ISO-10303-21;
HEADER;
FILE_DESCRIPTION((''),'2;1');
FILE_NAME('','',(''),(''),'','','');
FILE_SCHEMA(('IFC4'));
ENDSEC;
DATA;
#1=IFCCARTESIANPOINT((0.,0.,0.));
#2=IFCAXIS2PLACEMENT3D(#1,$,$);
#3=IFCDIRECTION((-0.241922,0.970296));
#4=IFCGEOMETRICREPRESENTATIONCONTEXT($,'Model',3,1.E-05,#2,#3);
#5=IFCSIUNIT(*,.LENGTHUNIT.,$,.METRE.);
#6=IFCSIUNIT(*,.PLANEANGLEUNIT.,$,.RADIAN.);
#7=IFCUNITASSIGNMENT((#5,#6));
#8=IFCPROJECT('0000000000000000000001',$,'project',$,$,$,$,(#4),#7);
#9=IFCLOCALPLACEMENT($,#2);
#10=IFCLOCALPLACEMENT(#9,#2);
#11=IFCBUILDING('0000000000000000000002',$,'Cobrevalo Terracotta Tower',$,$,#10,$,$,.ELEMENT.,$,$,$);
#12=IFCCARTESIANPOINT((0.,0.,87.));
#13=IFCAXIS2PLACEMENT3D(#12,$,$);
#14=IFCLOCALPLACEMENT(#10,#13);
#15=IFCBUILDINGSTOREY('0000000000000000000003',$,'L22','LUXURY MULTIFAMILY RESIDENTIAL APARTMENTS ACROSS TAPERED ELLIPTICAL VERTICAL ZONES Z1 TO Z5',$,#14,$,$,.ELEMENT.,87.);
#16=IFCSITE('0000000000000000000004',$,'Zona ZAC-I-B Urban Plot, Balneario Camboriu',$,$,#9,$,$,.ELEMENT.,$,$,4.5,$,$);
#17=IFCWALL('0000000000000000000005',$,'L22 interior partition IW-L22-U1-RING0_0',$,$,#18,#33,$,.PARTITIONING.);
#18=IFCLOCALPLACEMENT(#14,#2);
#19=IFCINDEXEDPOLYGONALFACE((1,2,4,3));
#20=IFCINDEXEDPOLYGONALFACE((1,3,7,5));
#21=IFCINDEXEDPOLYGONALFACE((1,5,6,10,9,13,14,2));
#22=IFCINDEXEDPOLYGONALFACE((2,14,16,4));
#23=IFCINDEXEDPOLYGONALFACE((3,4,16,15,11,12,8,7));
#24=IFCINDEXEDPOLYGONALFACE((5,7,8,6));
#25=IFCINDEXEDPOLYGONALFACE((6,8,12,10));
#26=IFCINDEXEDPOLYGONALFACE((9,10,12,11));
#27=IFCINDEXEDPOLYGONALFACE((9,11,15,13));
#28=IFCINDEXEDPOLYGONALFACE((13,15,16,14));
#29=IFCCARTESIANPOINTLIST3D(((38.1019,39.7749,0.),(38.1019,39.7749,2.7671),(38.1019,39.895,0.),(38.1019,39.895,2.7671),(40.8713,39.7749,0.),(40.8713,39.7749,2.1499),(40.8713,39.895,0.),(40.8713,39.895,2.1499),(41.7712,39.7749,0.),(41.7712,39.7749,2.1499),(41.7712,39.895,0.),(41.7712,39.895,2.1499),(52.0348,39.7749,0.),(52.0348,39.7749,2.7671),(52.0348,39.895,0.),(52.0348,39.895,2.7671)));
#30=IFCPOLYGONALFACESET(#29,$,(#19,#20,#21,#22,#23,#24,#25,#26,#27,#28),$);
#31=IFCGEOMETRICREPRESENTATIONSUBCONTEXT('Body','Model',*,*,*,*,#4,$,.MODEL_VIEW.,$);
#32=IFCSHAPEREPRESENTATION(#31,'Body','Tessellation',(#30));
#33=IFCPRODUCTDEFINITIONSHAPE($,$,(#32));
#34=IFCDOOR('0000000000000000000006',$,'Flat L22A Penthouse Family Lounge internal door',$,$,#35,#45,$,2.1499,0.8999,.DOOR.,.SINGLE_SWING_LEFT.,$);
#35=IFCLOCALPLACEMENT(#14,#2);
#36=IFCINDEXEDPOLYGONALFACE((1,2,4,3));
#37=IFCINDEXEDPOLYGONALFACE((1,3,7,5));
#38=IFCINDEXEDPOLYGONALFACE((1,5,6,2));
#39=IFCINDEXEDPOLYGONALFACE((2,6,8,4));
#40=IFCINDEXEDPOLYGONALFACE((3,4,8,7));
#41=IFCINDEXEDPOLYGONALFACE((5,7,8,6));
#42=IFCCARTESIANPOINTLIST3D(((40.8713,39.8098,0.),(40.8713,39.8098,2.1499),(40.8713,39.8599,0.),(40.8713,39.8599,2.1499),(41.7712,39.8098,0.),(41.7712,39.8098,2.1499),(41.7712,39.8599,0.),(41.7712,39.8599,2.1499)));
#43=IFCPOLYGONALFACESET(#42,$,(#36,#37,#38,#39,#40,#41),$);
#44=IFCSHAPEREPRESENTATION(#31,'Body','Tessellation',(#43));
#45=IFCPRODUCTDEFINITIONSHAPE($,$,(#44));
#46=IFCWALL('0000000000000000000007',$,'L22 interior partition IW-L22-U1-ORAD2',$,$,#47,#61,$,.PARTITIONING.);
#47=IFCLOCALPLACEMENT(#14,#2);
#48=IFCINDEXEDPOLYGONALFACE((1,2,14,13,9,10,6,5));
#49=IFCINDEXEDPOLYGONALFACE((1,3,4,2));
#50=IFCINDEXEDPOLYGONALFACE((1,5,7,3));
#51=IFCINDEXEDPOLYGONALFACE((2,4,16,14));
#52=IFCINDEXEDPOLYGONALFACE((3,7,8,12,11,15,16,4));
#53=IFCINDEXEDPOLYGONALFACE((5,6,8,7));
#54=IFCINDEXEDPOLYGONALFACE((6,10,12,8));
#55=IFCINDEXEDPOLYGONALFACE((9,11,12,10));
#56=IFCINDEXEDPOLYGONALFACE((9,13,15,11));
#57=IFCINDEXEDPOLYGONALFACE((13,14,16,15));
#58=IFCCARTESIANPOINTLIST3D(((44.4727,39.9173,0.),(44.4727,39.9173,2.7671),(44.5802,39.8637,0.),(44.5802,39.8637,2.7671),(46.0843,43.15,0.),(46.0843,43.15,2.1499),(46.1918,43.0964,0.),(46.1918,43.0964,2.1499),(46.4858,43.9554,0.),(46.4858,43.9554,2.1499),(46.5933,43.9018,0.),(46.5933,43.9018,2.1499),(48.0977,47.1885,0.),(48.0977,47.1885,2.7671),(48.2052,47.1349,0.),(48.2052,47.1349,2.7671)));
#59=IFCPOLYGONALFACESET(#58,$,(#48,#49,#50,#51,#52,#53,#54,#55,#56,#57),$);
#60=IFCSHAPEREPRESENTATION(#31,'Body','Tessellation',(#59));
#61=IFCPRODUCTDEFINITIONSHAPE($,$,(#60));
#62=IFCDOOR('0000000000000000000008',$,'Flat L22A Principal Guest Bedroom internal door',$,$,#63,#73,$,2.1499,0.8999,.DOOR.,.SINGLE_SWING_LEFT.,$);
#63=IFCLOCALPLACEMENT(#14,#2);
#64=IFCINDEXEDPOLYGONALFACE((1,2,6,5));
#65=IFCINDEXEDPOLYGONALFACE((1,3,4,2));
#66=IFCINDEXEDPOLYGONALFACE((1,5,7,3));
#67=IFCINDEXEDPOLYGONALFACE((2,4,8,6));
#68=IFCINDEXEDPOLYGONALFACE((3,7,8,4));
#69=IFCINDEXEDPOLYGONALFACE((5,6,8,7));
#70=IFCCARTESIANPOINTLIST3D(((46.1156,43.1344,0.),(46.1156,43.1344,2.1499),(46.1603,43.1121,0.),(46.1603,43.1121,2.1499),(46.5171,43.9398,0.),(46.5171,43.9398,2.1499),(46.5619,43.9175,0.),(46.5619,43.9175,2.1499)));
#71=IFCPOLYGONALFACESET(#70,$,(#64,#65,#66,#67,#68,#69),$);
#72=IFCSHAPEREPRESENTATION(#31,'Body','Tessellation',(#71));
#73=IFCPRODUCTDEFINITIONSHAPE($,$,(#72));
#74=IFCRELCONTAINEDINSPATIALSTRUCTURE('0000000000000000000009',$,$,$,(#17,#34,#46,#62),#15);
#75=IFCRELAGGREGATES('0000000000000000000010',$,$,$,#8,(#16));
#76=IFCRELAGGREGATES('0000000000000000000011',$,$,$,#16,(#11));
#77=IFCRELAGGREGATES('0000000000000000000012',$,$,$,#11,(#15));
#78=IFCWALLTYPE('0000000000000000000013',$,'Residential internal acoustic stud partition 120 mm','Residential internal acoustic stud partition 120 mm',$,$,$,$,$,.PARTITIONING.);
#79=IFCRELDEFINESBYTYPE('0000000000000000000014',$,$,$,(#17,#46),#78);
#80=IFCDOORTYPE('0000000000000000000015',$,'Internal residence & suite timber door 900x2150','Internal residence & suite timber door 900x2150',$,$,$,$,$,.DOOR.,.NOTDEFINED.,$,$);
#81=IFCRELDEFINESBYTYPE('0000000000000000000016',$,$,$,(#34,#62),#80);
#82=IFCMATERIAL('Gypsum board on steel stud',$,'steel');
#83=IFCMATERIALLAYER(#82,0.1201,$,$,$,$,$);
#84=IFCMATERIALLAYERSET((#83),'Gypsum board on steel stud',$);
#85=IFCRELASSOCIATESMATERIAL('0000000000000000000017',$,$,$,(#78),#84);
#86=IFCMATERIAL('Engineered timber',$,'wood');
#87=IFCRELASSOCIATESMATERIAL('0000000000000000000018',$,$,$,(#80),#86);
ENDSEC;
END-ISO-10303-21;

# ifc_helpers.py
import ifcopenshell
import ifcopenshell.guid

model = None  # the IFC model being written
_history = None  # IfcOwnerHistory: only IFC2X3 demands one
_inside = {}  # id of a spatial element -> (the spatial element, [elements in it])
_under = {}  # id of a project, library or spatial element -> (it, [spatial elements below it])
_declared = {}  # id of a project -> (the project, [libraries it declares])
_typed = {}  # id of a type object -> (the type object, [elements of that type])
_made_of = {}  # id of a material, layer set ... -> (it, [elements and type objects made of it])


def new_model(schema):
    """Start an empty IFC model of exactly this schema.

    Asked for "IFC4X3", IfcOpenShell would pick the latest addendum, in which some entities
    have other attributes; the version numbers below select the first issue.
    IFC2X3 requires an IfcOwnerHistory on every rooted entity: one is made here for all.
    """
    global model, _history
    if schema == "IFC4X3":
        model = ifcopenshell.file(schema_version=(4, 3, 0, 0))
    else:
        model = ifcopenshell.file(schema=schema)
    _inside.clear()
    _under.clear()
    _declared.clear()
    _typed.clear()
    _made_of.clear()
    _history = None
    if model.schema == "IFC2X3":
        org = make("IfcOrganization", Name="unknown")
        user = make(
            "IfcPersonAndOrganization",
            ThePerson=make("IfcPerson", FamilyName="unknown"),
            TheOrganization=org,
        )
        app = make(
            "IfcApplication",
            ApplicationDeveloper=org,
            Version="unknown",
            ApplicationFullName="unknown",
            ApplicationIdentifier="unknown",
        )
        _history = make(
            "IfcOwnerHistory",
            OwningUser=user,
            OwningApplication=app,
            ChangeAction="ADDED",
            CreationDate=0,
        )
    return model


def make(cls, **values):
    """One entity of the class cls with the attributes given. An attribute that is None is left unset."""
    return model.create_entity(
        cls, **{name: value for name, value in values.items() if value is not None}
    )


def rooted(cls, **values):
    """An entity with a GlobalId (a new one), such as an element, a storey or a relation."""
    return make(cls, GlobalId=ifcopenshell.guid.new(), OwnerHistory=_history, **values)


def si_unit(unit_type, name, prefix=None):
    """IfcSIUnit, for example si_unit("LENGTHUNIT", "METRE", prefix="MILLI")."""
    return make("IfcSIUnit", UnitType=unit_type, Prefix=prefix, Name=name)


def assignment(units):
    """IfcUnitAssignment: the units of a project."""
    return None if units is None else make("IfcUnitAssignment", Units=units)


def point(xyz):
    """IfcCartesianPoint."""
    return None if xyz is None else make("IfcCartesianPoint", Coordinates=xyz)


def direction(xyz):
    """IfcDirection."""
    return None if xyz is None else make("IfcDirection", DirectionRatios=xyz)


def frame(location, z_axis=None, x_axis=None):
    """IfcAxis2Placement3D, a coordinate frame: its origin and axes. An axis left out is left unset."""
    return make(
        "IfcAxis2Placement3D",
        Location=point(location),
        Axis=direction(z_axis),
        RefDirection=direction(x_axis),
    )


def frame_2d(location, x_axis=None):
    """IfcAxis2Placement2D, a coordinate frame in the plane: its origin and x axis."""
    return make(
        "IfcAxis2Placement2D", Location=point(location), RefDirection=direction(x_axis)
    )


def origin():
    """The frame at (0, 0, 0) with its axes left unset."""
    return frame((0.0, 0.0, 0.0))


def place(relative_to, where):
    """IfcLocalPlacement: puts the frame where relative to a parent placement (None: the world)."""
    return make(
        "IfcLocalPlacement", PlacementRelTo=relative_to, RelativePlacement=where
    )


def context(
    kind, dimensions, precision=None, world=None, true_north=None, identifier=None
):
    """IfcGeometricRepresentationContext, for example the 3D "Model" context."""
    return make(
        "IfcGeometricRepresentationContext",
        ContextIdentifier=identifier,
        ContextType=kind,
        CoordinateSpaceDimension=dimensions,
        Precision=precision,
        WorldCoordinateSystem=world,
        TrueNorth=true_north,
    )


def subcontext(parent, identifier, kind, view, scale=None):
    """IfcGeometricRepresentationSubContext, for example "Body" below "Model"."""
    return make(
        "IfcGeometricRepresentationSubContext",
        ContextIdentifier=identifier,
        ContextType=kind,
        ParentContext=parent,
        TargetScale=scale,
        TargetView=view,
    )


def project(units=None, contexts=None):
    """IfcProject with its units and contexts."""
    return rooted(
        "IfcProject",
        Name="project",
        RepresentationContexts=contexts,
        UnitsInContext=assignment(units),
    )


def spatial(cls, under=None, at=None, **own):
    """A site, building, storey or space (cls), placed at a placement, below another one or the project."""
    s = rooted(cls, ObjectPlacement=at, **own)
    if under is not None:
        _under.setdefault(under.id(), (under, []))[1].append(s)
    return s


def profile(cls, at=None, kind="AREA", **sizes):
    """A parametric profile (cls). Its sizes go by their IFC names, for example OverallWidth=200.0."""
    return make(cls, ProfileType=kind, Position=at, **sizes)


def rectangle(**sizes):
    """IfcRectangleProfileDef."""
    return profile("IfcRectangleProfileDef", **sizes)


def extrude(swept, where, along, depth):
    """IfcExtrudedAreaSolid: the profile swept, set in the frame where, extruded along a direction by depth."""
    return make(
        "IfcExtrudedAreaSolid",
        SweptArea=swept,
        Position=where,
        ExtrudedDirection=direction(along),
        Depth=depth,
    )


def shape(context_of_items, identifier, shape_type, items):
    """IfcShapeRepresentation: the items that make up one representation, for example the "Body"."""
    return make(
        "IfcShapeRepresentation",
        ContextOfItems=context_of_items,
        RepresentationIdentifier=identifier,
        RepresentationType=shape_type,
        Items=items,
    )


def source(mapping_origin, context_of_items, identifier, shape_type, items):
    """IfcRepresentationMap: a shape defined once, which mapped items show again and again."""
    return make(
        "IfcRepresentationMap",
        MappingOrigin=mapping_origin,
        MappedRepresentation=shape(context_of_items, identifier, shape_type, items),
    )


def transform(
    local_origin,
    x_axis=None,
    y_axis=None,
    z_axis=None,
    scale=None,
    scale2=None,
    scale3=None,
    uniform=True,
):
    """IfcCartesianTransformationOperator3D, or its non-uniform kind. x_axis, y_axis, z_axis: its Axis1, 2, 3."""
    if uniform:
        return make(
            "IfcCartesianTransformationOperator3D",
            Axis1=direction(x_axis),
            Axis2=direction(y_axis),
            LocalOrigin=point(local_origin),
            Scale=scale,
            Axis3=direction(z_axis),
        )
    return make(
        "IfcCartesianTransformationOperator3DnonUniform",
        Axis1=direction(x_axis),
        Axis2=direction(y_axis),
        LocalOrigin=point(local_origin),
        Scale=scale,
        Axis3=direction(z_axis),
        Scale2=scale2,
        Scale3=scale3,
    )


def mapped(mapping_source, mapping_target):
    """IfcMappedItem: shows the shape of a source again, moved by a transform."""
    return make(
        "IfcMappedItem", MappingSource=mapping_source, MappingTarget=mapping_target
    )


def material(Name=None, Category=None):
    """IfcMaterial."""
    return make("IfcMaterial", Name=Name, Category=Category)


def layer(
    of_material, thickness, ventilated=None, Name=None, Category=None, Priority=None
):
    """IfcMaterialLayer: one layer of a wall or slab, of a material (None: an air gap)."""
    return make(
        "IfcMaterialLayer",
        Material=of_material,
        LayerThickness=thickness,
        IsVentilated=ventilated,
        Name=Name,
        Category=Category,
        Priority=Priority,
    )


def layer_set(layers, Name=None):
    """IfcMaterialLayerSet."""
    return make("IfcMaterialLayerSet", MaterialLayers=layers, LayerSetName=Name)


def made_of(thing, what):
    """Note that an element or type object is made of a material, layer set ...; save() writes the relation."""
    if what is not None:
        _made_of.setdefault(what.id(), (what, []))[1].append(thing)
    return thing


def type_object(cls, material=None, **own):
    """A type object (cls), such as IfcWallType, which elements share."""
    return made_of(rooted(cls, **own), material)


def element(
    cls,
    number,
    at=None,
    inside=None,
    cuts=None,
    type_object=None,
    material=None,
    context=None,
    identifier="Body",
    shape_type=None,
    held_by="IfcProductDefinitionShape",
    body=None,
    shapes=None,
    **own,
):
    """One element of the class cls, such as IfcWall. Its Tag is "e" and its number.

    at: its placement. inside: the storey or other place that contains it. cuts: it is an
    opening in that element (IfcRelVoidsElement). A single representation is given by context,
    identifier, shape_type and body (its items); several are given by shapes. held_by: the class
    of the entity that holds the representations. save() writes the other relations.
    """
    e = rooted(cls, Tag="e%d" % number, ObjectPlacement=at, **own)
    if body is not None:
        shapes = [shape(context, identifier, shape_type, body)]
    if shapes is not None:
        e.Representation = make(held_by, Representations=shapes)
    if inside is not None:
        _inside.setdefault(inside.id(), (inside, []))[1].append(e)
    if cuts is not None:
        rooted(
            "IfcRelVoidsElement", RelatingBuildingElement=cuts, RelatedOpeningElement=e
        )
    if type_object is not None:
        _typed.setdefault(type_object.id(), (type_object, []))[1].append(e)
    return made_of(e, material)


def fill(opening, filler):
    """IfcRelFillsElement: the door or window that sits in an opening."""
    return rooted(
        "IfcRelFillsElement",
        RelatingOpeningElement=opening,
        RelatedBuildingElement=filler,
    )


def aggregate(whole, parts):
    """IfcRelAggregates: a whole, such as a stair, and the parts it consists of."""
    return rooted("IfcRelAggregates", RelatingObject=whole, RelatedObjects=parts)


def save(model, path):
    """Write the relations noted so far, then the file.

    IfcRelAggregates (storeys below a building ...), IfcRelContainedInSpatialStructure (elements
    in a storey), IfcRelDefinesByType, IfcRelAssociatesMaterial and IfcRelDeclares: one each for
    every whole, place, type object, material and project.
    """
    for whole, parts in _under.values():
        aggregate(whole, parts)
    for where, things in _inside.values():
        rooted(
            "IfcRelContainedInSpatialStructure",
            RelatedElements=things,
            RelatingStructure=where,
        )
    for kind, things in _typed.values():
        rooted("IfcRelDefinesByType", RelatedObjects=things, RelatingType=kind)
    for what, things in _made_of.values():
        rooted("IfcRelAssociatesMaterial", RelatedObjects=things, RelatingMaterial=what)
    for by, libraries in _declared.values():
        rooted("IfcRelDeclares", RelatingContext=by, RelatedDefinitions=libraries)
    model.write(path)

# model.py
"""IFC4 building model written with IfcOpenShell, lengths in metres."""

from ifc_helpers import new_model, si_unit, direction, frame, frame_2d, origin, place, context, subcontext, project, spatial, rectangle, extrude, source, transform, mapped, material, layer, layer_set, type_object, element, fill, save


model = new_model("IFC4")

# Units and contexts
model_context = context("Model", 3, precision=1e-05, world=origin(), true_north=direction((-0.241922, 0.970296)))
body_context = subcontext(model_context, "Body", "Model", "MODEL_VIEW")
ifc_project = project(units=[si_unit("LENGTHUNIT", "METRE"), si_unit("PLANEANGLEUNIT", "RADIAN")], contexts=[model_context])

# Site, building, storey
site_placement = place(None, origin())
site = spatial("IfcSite", under=ifc_project, at=site_placement, Name="Zona ZAC-I-B Urban Plot, Balneario Camboriu", CompositionType="ELEMENT", RefElevation=4.5)
building_placement = place(site_placement, origin())
building = spatial("IfcBuilding", under=site, at=building_placement, Name="Cobrevalo Terracotta Tower", CompositionType="ELEMENT")
storey_placement = place(building_placement, frame((0.0, 0.0, 87.0)))
storey = spatial("IfcBuildingStorey", under=building, at=storey_placement, Name="L22", Description="LUXURY MULTIFAMILY RESIDENTIAL APARTMENTS ACROSS TAPERED ELLIPTICAL VERTICAL ZONES Z1 TO Z5", CompositionType="ELEMENT", Elevation=87.0)

# Shared definitions
ifc_material_1 = material(Name="Gypsum board on steel stud", Category="steel")

# Walls, openings, doors
ifc_layer_1 = layer(ifc_material_1, 0.1201)
ifc_layer_set_1 = layer_set([ifc_layer_1], Name="Gypsum board on steel stud")
wall_type_1 = type_object("IfcWallType", Name="Residential internal acoustic stud partition 120 mm", Description="Residential internal acoustic stud partition 120 mm", PredefinedType="PARTITIONING", material=ifc_layer_set_1)
wall_1_placement = place(storey_placement, frame((38.1021, 39.835, 0.0), z_axis=(0.0, 0.0, 1.0), x_axis=(1.0, 0.0, 0.0)))
wall_1 = element("IfcWall", 1, at=wall_1_placement, inside=storey, type_object=wall_type_1, Name="L22 interior partition IW-L22-U1-RING0_0", PredefinedType="PARTITIONING", context=body_context, shape_type="SweptSolid", body=[
    extrude(rectangle(XDim=13.9329, YDim=0.1201, at=frame_2d((6.9663, 0.0))), origin(), (0.0, 0.0, 1.0), 2.7671),
])
opening_1_placement = place(wall_1_placement, frame((2.7693, 0.0, 0.0)))
opening_1 = element("IfcOpeningElement", 2, at=opening_1_placement, cuts=wall_1, PredefinedType="OPENING", context=body_context, shape_type="SweptSolid", body=[
    extrude(rectangle(XDim=0.8999, YDim=2.1499, at=frame_2d((0.45, 1.075))), frame((0.0, 0.0701, 0.0), z_axis=(0.0, -1.0, 0.0), x_axis=(1.0, 0.0, 0.0)), (0.0, 0.0, 1.0), 0.1401),
])
ifc_material_2 = material(Name="Engineered timber", Category="wood")
door_type = type_object("IfcDoorType", Name="Internal residence & suite timber door 900x2150", Description="Internal residence & suite timber door 900x2150", OperationType="NOTDEFINED", PredefinedType="DOOR", material=ifc_material_2)
shared_shape_1 = source(origin(), body_context, "Body", "SweptSolid", [
    extrude(rectangle(XDim=0.8999, YDim=2.1499, at=frame_2d((0.45, 1.075))), frame((0.0, 0.0249, 0.0), z_axis=(0.0, -1.0, 0.0), x_axis=(1.0, 0.0, 0.0)), (0.0, 0.0, 1.0), 0.05),
])
door_1_placement = place(opening_1_placement, origin())
door_1 = element("IfcDoor", 3, at=door_1_placement, inside=storey, type_object=door_type, Name="Flat L22A Penthouse Family Lounge internal door", OperationType="SINGLE_SWING_LEFT", OverallHeight=2.1499, OverallWidth=0.8999, PredefinedType="DOOR", context=body_context, shape_type="MappedRepresentation", body=[
    mapped(shared_shape_1, transform((0.0, 0.0, 0.0), scale=1.0)),
])
fill(opening_1, door_1)
wall_2_placement = place(storey_placement, frame((44.5264, 39.8904, 0.0), z_axis=(0.0, 0.0, 1.0), x_axis=(0.446168, 0.894949, 0.0)))
wall_2 = element("IfcWall", 4, at=wall_2_placement, inside=storey, type_object=wall_type_1, Name="L22 interior partition IW-L22-U1-ORAD2", PredefinedType="PARTITIONING", context=body_context, shape_type="SweptSolid", body=[
    extrude(rectangle(XDim=8.1248, YDim=0.1201, at=frame_2d((4.0625, 0.0))), origin(), (0.0, 0.0, 1.0), 2.7671),
])
opening_2_placement = place(wall_2_placement, frame((3.6123, 0.0, 0.0)))
opening_2 = element("IfcOpeningElement", 5, at=opening_2_placement, cuts=wall_2, PredefinedType="OPENING", context=body_context, shape_type="SweptSolid", body=[
    extrude(rectangle(XDim=0.8999, YDim=2.1499, at=frame_2d((0.45, 1.075))), frame((0.0, 0.0701, 0.0), z_axis=(0.0, -1.0, 0.0), x_axis=(1.0, 0.0, 0.0)), (0.0, 0.0, 1.0), 0.1401),
])
door_2_placement = place(opening_2_placement, frame((0.8999, 0.0, 0.0), z_axis=(0.0, 0.0, 1.0), x_axis=(-1.0, 0.0, 0.0)))
door_2 = element("IfcDoor", 6, at=door_2_placement, inside=storey, type_object=door_type, Name="Flat L22A Principal Guest Bedroom internal door", OperationType="SINGLE_SWING_LEFT", OverallHeight=2.1499, OverallWidth=0.8999, PredefinedType="DOOR", context=body_context, shape_type="MappedRepresentation", body=[
    mapped(shared_shape_1, transform((0.0, 0.0, 0.0), scale=1.0)),
])
fill(opening_2, door_2)

save(model, "model.ifc")
